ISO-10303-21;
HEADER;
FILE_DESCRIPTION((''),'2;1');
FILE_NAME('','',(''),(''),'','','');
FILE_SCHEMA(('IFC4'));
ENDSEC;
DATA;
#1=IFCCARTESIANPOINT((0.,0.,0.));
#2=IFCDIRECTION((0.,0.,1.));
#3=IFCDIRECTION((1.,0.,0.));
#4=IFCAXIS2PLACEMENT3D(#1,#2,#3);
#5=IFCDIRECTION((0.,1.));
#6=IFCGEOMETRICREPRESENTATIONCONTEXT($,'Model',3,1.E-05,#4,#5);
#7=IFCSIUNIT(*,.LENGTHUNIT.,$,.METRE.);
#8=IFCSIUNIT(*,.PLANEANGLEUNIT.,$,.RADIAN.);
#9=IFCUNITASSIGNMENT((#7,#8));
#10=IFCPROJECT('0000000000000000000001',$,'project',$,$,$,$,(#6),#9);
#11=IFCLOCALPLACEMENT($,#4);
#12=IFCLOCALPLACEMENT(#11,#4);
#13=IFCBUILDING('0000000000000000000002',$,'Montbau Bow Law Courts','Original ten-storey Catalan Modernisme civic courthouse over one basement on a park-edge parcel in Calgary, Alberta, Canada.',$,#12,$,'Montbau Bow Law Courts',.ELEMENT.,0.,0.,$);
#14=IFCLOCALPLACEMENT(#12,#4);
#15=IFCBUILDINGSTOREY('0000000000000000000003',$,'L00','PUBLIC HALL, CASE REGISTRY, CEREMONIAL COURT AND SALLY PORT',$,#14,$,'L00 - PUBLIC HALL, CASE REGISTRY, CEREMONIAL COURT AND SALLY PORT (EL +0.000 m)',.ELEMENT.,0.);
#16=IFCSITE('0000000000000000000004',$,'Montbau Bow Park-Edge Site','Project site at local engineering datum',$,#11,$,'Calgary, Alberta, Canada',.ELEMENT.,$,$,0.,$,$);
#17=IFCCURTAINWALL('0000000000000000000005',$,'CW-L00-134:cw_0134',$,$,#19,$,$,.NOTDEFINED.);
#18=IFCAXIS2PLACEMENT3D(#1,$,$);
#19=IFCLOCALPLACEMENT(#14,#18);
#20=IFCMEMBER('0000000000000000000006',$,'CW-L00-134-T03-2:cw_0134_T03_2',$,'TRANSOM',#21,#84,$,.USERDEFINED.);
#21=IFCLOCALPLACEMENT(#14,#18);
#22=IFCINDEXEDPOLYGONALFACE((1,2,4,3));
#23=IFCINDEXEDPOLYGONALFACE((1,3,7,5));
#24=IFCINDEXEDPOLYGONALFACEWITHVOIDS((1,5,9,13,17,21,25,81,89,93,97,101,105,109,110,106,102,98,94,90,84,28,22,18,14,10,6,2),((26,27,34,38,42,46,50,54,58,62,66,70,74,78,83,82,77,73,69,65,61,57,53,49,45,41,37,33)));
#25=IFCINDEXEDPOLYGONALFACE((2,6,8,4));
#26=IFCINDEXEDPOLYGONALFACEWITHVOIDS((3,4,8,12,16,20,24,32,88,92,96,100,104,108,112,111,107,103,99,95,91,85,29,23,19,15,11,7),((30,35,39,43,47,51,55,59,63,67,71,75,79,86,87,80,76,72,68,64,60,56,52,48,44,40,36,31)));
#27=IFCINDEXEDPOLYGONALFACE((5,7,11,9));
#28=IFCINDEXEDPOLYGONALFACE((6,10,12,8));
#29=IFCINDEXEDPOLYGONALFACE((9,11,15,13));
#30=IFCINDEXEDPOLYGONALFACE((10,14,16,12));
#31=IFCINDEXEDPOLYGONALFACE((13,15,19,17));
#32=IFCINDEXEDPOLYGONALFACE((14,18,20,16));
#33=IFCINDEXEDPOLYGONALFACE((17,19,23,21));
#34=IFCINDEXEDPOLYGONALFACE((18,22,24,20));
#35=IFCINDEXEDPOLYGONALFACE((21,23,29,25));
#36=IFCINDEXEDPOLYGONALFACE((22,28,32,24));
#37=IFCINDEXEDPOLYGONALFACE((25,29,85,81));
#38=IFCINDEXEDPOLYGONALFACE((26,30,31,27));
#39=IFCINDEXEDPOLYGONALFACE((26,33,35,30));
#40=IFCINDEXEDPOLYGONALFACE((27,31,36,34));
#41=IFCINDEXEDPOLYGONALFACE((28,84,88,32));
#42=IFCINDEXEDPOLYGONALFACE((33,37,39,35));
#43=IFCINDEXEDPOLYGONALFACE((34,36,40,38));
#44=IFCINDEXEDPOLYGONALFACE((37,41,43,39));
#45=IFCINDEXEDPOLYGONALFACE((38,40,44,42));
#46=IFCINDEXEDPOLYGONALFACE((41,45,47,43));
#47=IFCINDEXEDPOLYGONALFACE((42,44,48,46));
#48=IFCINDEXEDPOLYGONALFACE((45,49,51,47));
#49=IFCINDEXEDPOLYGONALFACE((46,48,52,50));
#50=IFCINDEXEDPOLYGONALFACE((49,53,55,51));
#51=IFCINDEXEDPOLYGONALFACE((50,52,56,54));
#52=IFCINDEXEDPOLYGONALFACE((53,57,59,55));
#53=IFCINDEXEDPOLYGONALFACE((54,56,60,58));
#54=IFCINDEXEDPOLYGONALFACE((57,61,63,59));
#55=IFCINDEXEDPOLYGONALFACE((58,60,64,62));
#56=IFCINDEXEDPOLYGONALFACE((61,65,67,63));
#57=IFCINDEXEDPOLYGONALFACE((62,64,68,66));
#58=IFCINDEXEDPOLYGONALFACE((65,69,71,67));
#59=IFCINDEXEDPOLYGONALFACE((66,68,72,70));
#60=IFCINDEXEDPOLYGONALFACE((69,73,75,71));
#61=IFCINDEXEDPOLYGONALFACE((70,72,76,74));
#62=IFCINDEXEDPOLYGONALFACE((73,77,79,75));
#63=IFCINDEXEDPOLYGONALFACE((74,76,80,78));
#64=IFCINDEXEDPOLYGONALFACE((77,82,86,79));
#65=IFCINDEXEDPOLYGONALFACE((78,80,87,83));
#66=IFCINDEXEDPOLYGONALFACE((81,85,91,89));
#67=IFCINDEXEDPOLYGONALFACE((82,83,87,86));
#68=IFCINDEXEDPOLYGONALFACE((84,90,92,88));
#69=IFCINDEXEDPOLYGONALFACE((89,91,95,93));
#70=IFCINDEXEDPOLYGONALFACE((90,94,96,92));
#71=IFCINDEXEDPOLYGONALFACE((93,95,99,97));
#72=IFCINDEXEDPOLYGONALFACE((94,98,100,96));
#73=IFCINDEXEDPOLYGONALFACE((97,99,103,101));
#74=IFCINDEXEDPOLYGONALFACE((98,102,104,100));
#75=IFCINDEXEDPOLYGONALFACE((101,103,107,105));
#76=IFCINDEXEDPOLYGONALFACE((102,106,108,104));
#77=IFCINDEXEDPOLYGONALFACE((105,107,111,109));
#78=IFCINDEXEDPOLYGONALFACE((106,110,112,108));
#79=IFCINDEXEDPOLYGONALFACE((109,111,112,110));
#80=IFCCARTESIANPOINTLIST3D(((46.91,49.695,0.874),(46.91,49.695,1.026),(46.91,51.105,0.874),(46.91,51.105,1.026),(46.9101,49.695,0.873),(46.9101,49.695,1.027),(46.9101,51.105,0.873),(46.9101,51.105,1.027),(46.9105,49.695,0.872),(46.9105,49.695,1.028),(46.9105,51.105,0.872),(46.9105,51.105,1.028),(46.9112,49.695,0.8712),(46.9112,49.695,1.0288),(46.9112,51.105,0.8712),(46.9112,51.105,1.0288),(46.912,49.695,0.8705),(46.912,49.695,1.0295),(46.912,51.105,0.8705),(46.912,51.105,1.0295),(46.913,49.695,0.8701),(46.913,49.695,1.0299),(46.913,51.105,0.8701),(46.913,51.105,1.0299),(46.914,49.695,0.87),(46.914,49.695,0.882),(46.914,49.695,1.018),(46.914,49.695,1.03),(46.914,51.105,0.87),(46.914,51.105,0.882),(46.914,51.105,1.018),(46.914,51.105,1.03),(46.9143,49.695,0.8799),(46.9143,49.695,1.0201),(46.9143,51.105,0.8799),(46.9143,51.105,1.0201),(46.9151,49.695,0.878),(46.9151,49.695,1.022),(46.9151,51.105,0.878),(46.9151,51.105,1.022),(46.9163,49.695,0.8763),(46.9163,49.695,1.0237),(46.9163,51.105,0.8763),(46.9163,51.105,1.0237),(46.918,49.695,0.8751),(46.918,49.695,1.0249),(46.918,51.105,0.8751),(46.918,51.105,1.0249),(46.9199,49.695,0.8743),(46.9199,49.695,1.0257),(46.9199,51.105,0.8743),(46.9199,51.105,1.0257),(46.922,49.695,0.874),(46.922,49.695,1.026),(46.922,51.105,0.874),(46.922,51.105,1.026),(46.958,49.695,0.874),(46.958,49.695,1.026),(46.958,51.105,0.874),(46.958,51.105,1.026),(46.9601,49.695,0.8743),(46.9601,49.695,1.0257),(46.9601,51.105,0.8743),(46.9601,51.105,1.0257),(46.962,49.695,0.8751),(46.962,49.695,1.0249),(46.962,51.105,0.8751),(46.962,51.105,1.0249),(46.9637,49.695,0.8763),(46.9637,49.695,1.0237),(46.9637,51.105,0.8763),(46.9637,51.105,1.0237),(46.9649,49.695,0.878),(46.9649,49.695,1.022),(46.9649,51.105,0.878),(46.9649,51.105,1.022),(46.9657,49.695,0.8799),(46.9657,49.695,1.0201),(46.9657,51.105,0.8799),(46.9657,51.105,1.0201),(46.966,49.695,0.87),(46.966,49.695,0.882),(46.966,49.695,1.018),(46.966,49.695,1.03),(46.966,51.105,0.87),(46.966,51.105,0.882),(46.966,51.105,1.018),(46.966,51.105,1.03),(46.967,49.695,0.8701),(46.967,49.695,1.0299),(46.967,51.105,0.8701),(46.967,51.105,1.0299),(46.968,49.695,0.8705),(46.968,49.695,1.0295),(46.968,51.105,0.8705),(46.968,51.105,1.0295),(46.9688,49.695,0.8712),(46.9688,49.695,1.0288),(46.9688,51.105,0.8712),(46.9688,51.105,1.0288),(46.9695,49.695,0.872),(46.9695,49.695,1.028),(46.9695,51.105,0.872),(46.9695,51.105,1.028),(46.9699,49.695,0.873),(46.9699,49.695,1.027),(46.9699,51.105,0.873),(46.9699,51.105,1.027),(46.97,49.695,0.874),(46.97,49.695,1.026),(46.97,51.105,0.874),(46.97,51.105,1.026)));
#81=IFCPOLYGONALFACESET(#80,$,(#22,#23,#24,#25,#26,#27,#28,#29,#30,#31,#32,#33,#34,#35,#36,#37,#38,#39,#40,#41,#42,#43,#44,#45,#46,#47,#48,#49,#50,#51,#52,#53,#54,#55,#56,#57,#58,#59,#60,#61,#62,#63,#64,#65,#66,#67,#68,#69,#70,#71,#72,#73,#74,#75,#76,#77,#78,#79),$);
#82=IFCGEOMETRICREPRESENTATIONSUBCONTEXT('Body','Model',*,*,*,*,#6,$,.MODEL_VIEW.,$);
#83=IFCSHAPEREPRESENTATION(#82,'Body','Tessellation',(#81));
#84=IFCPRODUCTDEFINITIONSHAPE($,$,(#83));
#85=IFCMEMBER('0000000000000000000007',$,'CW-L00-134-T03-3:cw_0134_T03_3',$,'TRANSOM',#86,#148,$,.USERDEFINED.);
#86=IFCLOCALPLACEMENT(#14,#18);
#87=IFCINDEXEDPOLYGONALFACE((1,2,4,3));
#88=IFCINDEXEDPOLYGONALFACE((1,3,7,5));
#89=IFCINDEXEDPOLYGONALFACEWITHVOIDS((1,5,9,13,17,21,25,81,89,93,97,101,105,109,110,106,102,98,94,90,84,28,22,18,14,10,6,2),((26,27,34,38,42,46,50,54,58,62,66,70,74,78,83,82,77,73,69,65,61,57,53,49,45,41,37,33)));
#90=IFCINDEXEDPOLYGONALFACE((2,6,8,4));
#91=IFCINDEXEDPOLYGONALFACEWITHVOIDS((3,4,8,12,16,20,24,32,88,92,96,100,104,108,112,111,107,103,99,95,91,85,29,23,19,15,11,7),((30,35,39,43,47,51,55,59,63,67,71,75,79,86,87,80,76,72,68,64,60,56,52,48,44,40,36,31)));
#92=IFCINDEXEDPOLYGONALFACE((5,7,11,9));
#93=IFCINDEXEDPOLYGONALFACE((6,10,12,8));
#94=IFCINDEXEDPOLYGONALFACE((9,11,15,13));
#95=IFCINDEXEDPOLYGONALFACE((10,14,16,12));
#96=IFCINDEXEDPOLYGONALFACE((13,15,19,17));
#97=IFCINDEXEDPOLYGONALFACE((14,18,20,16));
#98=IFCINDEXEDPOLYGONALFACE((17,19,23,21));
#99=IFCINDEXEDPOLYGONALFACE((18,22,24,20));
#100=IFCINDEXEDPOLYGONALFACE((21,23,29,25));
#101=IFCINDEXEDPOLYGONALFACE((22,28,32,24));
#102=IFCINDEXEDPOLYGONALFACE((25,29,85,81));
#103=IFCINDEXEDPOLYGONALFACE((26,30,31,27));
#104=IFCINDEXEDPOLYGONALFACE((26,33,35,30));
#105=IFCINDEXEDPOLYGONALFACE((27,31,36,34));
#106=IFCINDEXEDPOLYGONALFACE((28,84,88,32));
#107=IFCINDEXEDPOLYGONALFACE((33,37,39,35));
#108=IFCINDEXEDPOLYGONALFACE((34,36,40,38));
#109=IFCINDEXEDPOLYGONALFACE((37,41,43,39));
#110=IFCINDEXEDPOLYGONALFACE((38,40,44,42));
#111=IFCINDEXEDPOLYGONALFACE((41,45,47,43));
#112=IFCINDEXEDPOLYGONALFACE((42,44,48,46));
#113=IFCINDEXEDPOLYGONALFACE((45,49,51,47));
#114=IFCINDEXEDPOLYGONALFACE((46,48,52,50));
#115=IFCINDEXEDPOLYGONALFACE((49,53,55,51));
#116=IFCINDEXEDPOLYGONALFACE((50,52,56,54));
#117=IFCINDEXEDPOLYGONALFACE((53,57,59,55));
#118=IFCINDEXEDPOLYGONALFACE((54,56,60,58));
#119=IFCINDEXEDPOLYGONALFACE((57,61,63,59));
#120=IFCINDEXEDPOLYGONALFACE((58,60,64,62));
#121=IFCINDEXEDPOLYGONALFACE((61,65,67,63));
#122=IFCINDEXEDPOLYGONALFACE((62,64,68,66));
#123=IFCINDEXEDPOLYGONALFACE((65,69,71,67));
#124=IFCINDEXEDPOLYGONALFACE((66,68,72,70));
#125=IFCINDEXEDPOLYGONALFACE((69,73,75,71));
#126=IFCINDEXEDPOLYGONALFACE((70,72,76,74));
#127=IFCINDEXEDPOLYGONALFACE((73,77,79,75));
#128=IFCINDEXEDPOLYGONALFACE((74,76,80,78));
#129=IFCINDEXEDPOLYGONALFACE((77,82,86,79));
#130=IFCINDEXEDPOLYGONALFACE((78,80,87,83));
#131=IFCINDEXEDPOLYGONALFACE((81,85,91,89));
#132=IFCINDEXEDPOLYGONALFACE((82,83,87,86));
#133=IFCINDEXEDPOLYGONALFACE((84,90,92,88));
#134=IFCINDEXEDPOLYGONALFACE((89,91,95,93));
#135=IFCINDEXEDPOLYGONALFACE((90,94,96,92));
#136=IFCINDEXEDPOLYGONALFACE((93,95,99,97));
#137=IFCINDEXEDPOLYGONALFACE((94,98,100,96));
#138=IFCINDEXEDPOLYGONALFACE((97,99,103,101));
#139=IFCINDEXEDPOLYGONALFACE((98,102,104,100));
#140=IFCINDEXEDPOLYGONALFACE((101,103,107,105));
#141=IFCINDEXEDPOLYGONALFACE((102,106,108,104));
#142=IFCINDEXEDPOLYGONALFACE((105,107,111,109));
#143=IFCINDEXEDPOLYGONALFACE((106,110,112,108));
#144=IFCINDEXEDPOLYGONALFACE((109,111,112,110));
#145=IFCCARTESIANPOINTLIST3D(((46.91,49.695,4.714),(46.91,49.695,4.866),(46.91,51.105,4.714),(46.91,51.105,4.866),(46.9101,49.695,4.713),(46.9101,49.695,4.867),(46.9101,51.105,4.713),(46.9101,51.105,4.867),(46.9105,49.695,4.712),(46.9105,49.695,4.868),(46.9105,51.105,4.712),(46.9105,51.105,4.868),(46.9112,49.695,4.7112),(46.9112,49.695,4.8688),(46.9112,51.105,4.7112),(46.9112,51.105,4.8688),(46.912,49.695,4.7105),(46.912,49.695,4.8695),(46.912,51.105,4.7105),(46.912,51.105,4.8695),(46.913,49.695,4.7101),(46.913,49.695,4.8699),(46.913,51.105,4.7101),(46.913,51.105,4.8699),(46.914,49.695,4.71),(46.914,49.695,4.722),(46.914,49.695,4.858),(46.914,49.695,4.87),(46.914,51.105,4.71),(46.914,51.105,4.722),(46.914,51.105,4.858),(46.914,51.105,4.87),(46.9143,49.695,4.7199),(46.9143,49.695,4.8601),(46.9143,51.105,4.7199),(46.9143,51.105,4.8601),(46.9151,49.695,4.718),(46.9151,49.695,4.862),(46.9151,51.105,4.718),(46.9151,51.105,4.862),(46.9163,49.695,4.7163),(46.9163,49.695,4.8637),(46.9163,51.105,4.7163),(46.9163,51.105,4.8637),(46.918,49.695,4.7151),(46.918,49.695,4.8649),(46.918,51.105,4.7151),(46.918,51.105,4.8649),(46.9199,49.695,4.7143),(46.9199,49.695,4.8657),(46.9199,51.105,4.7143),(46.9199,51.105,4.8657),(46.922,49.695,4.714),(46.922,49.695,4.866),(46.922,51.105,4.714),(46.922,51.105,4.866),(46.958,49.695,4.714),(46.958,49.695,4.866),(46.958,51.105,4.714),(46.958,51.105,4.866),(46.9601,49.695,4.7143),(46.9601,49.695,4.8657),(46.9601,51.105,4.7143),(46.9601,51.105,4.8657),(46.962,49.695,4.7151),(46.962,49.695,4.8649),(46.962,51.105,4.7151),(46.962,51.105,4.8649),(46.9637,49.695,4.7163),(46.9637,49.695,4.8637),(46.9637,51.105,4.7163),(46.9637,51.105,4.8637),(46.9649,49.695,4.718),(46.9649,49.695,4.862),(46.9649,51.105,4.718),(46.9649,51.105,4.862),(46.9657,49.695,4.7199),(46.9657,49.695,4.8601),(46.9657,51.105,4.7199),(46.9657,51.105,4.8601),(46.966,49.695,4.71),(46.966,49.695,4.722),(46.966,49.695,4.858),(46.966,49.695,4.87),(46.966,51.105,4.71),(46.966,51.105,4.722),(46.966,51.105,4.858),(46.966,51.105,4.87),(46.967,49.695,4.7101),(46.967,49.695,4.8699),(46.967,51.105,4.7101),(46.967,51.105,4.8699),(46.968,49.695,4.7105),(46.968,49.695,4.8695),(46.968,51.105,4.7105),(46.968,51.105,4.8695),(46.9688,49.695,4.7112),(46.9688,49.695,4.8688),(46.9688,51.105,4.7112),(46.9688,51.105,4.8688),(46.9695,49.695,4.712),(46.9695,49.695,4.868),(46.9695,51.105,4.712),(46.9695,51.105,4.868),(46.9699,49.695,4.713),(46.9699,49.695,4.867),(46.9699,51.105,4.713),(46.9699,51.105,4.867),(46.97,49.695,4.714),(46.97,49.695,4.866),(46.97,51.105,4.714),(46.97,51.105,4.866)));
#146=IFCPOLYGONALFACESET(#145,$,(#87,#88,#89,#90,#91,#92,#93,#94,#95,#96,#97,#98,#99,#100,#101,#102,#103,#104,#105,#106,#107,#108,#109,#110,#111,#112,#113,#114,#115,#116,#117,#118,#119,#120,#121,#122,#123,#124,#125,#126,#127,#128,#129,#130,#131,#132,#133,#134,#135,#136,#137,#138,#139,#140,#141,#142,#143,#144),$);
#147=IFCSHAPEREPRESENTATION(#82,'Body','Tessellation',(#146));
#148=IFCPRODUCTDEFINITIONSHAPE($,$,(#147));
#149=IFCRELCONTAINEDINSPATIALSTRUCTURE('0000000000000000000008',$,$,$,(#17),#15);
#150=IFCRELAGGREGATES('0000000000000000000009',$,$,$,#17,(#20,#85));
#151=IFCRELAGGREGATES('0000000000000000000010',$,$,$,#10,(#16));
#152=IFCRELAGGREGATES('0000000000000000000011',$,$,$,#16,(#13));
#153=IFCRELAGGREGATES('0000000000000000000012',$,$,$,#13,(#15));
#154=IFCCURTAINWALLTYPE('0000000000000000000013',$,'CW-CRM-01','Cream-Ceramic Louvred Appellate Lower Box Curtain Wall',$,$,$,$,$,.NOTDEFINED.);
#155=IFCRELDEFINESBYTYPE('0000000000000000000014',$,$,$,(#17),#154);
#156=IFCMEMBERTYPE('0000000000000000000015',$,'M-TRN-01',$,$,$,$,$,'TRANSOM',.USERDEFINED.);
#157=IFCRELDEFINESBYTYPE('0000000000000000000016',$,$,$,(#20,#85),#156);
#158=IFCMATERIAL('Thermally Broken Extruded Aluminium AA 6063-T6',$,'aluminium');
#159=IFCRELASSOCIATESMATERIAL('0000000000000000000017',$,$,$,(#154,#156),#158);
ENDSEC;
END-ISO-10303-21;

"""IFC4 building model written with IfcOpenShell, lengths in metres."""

from ifc_helpers import new_model, si_unit, direction, frame, origin_with_axes, origin_2d_with_axis, place, context, subcontext, project, spatial, hollow_rectangle, extrude, material, material_profile, profile_set, type_object, element, aggregate, save


model = new_model("IFC4")

# Units and contexts
model_context = context("Model", 3, precision=1e-05, world=origin_with_axes(), true_north=direction((0.0, 1.0)))
body_context = subcontext(model_context, "Body", "Model", "MODEL_VIEW")
ifc_project = project(units=[si_unit("LENGTHUNIT", "METRE"), si_unit("PLANEANGLEUNIT", "RADIAN")], contexts=[model_context])

# Site, building, storey
site_placement = place(None, origin_with_axes())
site = spatial("IfcSite", under=ifc_project, at=site_placement, Name="Montbau Bow Park-Edge Site", Description="Project site at local engineering datum", LongName="Calgary, Alberta, Canada", CompositionType="ELEMENT", RefElevation=0.0)
building_placement = place(site_placement, origin_with_axes())
building = spatial("IfcBuilding", under=site, at=building_placement, Name="Montbau Bow Law Courts", Description="Original ten-storey Catalan Modernisme civic courthouse over one basement on a park-edge parcel in Calgary, Alberta, Canada.", LongName="Montbau Bow Law Courts", CompositionType="ELEMENT", ElevationOfRefHeight=0.0, ElevationOfTerrain=0.0)
storey_placement = place(building_placement, origin_with_axes())
storey = spatial("IfcBuildingStorey", under=building, at=storey_placement, Name="L00", Description="PUBLIC HALL, CASE REGISTRY, CEREMONIAL COURT AND SALLY PORT", LongName="L00 - PUBLIC HALL, CASE REGISTRY, CEREMONIAL COURT AND SALLY PORT (EL +0.000 m)", CompositionType="ELEMENT", Elevation=0.0)

# Curtain wall, members
ifc_material_1 = material(Name="Thermally Broken Extruded Aluminium AA 6063-T6", Category="aluminium")
curtain_wall_type_1 = type_object("IfcCurtainWallType", Name="CW-CRM-01", Description="Cream-Ceramic Louvred Appellate Lower Box Curtain Wall", PredefinedType="NOTDEFINED", material=ifc_material_1)
curtain_wall_1_placement = place(None, frame((46.94, 46.715, 0.0), z_axis=(0.0, 0.0, 1.0), x_axis=(1.0, 0.0, 0.0)))
curtain_wall_1 = element("IfcCurtainWall", 1, at=curtain_wall_1_placement, inside=storey, type_object=curtain_wall_type_1, Name="CW-L00-134:cw_0134", PredefinedType="NOTDEFINED")
ifc_material_profile_1 = material_profile(ifc_material_1, hollow_rectangle(XDim=0.06, YDim=0.16, WallThickness=0.004, InnerFilletRadius=0.008, OuterFilletRadius=0.004, at=origin_2d_with_axis()), Name="CWT-160X60", Category="Main", Priority=0)
ifc_profile_set_1 = profile_set([ifc_material_profile_1], Name="Thermally Broken Extruded Aluminium AA 6063-T6")
member_type_1 = type_object("IfcMemberType", Name="M-TRN-01", ElementType="TRANSOM", PredefinedType="USERDEFINED", material=ifc_profile_set_1)
member_1_placement = place(None, frame((46.94, 49.695, 0.95), z_axis=(0.0, 1.0, 0.0), x_axis=(-1.0, 0.0, 0.0)))
member_1 = element("IfcMember", 2, at=member_1_placement, type_object=member_type_1, Name="CW-L00-134-T03-2:cw_0134_T03_2", ObjectType="TRANSOM", PredefinedType="USERDEFINED", context=body_context, shape_type="SweptSolid", body=[
    extrude(hollow_rectangle(XDim=0.06, YDim=0.16, WallThickness=0.004, InnerFilletRadius=0.008, OuterFilletRadius=0.004, at=origin_2d_with_axis()), origin_with_axes(), (0.0, 0.0, 1.0), 1.41),
])
member_2_placement = place(None, frame((46.94, 49.695, 4.79), z_axis=(0.0, 1.0, 0.0), x_axis=(-1.0, 0.0, 0.0)))
member_2 = element("IfcMember", 3, at=member_2_placement, type_object=member_type_1, Name="CW-L00-134-T03-3:cw_0134_T03_3", ObjectType="TRANSOM", PredefinedType="USERDEFINED", context=body_context, shape_type="SweptSolid", body=[
    extrude(hollow_rectangle(XDim=0.06, YDim=0.16, WallThickness=0.004, InnerFilletRadius=0.008, OuterFilletRadius=0.004, at=origin_2d_with_axis()), origin_with_axes(), (0.0, 0.0, 1.0), 1.41),
])

aggregate(curtain_wall_1, [member_1, member_2])

save(model, "model.ifc")
